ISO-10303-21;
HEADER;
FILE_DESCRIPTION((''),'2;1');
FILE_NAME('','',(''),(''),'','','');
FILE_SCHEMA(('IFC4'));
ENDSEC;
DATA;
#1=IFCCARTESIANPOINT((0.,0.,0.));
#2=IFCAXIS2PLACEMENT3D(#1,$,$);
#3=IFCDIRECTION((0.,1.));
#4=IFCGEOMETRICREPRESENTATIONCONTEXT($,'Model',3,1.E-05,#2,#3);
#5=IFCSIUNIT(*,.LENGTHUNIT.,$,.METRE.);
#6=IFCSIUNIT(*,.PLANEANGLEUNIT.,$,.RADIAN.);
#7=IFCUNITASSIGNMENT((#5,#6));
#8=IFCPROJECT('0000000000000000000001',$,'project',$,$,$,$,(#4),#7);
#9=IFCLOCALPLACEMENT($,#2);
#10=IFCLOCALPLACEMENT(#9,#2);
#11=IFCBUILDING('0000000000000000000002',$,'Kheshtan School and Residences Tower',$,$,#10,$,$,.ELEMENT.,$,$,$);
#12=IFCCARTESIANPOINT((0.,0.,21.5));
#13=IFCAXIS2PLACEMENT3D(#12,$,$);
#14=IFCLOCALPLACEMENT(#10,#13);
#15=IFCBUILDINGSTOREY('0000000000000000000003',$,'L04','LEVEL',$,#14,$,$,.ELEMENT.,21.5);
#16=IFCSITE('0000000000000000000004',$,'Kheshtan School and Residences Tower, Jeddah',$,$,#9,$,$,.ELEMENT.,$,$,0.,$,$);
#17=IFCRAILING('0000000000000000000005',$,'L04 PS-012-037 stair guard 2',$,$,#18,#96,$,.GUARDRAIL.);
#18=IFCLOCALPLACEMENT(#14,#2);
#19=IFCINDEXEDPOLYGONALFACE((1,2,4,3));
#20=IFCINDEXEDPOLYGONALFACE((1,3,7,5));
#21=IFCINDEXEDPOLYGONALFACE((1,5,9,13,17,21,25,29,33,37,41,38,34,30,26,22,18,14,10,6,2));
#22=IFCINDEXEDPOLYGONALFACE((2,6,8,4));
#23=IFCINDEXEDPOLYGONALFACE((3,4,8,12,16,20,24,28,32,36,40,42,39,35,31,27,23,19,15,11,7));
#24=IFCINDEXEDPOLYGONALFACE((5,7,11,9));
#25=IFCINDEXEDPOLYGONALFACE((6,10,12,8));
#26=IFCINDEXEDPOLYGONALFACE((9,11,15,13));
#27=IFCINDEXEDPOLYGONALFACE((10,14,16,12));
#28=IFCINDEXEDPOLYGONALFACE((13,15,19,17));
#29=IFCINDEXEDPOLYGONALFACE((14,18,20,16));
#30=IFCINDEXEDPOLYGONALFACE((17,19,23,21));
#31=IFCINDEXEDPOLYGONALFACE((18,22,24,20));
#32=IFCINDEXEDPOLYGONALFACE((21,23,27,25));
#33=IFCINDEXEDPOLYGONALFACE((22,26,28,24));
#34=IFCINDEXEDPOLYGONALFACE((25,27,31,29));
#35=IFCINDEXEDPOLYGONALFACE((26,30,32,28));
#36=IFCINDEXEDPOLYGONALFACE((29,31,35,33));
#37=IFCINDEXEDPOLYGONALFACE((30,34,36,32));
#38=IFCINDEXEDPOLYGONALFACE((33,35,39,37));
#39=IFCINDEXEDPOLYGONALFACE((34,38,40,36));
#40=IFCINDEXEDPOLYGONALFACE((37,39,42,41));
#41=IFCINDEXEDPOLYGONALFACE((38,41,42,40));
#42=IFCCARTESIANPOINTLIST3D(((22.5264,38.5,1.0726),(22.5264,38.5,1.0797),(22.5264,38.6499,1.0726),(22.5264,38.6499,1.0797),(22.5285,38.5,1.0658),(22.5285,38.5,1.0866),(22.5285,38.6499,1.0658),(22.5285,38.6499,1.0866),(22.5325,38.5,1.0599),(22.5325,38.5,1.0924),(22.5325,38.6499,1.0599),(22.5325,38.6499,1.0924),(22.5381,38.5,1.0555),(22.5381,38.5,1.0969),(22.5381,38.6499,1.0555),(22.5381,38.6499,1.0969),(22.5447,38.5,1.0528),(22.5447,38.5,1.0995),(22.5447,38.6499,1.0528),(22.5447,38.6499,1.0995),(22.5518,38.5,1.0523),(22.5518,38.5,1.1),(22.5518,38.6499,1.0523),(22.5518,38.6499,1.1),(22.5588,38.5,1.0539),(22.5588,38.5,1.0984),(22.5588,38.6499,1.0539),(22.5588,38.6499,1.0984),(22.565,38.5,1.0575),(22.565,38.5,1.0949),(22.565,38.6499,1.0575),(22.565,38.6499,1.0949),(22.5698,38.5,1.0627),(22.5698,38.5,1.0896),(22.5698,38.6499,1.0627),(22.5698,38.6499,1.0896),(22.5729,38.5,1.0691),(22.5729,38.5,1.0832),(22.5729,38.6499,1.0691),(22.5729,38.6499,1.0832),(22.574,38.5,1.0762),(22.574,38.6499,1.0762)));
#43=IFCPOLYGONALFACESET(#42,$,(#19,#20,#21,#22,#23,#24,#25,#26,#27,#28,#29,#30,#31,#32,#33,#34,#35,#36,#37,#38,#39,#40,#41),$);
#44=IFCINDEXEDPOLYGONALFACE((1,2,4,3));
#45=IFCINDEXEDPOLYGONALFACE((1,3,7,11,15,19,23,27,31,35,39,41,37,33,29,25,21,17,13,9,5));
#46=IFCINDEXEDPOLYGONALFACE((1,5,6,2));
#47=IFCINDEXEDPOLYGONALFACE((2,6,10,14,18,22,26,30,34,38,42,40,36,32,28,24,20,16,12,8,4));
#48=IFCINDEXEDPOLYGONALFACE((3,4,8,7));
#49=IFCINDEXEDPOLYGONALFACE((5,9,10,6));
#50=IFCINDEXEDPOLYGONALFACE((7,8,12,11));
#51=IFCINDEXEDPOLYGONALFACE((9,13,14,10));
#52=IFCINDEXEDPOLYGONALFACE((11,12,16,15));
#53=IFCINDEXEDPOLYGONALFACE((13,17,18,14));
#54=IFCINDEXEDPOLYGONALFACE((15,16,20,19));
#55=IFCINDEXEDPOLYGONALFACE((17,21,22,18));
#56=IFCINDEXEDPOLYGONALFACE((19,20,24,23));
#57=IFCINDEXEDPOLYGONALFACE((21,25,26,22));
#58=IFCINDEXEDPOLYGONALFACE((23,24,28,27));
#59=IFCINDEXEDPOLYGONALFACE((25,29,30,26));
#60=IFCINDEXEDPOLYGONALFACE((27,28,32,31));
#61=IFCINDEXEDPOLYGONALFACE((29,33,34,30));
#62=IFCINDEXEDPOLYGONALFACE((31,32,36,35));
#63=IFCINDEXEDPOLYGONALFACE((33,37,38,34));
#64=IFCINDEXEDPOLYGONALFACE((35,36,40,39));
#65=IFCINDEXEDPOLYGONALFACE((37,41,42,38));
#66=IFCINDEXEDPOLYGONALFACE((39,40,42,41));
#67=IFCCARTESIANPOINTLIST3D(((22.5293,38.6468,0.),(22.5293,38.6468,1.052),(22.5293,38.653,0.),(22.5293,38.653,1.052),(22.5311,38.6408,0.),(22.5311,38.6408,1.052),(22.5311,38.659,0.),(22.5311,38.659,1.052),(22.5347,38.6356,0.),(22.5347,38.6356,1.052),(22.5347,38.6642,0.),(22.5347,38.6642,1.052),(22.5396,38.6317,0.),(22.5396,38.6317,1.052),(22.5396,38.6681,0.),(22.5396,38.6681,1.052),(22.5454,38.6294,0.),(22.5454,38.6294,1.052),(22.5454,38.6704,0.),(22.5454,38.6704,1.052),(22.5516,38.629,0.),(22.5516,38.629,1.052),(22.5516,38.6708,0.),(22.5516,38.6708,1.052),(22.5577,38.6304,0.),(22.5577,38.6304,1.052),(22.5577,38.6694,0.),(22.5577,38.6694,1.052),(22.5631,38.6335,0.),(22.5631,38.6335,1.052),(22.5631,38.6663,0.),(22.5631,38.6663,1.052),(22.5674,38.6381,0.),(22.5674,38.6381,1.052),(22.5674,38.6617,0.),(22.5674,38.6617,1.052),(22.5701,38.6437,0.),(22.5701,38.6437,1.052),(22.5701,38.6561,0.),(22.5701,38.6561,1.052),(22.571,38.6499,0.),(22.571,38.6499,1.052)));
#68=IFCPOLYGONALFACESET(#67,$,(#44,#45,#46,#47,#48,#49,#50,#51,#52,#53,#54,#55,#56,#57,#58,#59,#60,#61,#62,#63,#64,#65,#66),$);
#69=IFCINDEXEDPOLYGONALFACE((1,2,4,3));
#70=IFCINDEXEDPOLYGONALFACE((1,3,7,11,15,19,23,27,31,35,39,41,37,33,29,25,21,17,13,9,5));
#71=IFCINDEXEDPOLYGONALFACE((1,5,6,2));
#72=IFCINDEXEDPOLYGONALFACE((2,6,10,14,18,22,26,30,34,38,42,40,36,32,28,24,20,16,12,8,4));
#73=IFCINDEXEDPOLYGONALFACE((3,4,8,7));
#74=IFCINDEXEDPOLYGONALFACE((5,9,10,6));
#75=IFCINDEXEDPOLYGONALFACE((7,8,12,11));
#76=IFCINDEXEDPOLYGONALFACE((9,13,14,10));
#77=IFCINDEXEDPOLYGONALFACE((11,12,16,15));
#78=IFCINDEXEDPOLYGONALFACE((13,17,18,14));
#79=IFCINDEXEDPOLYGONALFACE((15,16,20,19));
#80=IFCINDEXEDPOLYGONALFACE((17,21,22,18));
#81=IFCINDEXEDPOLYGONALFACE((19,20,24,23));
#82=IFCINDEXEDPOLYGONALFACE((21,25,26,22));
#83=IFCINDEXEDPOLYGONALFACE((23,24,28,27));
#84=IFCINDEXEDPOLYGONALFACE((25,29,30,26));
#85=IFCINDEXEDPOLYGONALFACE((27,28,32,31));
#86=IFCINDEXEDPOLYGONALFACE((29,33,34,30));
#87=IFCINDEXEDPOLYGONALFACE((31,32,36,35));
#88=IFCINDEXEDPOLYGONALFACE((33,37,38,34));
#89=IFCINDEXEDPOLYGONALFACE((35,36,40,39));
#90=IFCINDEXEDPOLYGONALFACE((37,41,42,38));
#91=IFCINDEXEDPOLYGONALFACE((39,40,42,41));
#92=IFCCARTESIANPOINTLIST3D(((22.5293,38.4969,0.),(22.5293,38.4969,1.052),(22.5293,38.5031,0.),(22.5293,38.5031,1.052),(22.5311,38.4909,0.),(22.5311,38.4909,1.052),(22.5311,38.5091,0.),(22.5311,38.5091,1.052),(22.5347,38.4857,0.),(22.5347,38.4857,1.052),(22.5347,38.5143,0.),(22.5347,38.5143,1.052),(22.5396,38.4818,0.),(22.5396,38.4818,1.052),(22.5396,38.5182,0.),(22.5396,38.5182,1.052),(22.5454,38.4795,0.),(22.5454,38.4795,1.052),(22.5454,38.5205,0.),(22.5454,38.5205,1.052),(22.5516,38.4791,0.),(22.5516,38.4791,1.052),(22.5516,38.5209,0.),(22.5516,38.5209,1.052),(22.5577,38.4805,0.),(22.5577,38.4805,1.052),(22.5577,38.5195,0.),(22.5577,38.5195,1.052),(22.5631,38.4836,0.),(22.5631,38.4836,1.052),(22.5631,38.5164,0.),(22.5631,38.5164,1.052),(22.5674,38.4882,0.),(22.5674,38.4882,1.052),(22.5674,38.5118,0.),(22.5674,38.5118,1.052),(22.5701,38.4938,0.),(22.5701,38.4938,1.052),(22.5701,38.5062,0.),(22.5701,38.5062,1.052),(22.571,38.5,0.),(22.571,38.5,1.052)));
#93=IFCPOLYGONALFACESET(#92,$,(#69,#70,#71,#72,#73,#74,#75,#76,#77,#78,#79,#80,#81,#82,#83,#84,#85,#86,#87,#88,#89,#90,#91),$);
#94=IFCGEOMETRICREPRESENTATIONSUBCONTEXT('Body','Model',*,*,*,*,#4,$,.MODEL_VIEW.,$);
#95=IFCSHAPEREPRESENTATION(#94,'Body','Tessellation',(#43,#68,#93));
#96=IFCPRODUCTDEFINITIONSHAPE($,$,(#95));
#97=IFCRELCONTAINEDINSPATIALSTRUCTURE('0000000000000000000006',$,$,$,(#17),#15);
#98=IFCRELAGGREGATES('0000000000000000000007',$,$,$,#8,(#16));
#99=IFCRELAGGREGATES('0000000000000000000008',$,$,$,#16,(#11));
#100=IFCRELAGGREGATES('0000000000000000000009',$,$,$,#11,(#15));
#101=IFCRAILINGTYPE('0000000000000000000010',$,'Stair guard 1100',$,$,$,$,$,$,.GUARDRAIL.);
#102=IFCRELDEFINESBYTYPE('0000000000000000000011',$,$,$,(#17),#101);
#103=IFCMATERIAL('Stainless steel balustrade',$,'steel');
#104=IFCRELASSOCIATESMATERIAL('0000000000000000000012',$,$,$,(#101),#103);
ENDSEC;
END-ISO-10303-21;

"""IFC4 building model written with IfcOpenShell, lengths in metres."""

from ifc_helpers import new_model, si_unit, direction, frame, origin, origin_2d, place, context, subcontext, project, spatial, circle, extrude, material, type_object, element, save


model = new_model("IFC4")

# Units and contexts
model_context = context("Model", 3, precision=1e-05, world=origin(), true_north=direction((0.0, 1.0)))
body_context = subcontext(model_context, "Body", "Model", "MODEL_VIEW")
ifc_project = project(units=[si_unit("LENGTHUNIT", "METRE"), si_unit("PLANEANGLEUNIT", "RADIAN")], contexts=[model_context])

# Site, building, storey
site_placement = place(None, origin())
site = spatial("IfcSite", under=ifc_project, at=site_placement, Name="Kheshtan School and Residences Tower, Jeddah", CompositionType="ELEMENT", RefElevation=0.0)
building_placement = place(site_placement, origin())
building = spatial("IfcBuilding", under=site, at=building_placement, Name="Kheshtan School and Residences Tower", CompositionType="ELEMENT")
storey_placement = place(building_placement, frame((0.0, 0.0, 21.5)))
storey = spatial("IfcBuildingStorey", under=building, at=storey_placement, Name="L04", Description="LEVEL", CompositionType="ELEMENT", Elevation=21.5)

# Railing
ifc_material_1 = material(Name="Stainless steel balustrade", Category="steel")
railing_type_1 = type_object("IfcRailingType", Name="Stair guard 1100", PredefinedType="GUARDRAIL", material=ifc_material_1)
railing_1_placement = place(storey_placement, frame((22.55, 38.6499, 0.0)))
element("IfcRailing", 1, at=railing_1_placement, inside=storey, type_object=railing_type_1, Name="L04 PS-012-037 stair guard 2", PredefinedType="GUARDRAIL", context=body_context, shape_type="SweptSolid", body=[
    extrude(circle(Radius=0.0239, at=origin_2d()), frame((0.0, 0.0, 1.0762), z_axis=(0.0, -1.0, 0.0), x_axis=(1.0, 0.0, 0.0)), (0.0, 0.0, 1.0), 0.1499),
    extrude(circle(Radius=0.021, at=origin_2d()), origin(), (0.0, 0.0, 1.0), 1.052),
    extrude(circle(Radius=0.021, at=origin_2d()), frame((0.0, -0.1499, 0.0)), (0.0, 0.0, 1.0), 1.052),
])

save(model, "model.ifc")
